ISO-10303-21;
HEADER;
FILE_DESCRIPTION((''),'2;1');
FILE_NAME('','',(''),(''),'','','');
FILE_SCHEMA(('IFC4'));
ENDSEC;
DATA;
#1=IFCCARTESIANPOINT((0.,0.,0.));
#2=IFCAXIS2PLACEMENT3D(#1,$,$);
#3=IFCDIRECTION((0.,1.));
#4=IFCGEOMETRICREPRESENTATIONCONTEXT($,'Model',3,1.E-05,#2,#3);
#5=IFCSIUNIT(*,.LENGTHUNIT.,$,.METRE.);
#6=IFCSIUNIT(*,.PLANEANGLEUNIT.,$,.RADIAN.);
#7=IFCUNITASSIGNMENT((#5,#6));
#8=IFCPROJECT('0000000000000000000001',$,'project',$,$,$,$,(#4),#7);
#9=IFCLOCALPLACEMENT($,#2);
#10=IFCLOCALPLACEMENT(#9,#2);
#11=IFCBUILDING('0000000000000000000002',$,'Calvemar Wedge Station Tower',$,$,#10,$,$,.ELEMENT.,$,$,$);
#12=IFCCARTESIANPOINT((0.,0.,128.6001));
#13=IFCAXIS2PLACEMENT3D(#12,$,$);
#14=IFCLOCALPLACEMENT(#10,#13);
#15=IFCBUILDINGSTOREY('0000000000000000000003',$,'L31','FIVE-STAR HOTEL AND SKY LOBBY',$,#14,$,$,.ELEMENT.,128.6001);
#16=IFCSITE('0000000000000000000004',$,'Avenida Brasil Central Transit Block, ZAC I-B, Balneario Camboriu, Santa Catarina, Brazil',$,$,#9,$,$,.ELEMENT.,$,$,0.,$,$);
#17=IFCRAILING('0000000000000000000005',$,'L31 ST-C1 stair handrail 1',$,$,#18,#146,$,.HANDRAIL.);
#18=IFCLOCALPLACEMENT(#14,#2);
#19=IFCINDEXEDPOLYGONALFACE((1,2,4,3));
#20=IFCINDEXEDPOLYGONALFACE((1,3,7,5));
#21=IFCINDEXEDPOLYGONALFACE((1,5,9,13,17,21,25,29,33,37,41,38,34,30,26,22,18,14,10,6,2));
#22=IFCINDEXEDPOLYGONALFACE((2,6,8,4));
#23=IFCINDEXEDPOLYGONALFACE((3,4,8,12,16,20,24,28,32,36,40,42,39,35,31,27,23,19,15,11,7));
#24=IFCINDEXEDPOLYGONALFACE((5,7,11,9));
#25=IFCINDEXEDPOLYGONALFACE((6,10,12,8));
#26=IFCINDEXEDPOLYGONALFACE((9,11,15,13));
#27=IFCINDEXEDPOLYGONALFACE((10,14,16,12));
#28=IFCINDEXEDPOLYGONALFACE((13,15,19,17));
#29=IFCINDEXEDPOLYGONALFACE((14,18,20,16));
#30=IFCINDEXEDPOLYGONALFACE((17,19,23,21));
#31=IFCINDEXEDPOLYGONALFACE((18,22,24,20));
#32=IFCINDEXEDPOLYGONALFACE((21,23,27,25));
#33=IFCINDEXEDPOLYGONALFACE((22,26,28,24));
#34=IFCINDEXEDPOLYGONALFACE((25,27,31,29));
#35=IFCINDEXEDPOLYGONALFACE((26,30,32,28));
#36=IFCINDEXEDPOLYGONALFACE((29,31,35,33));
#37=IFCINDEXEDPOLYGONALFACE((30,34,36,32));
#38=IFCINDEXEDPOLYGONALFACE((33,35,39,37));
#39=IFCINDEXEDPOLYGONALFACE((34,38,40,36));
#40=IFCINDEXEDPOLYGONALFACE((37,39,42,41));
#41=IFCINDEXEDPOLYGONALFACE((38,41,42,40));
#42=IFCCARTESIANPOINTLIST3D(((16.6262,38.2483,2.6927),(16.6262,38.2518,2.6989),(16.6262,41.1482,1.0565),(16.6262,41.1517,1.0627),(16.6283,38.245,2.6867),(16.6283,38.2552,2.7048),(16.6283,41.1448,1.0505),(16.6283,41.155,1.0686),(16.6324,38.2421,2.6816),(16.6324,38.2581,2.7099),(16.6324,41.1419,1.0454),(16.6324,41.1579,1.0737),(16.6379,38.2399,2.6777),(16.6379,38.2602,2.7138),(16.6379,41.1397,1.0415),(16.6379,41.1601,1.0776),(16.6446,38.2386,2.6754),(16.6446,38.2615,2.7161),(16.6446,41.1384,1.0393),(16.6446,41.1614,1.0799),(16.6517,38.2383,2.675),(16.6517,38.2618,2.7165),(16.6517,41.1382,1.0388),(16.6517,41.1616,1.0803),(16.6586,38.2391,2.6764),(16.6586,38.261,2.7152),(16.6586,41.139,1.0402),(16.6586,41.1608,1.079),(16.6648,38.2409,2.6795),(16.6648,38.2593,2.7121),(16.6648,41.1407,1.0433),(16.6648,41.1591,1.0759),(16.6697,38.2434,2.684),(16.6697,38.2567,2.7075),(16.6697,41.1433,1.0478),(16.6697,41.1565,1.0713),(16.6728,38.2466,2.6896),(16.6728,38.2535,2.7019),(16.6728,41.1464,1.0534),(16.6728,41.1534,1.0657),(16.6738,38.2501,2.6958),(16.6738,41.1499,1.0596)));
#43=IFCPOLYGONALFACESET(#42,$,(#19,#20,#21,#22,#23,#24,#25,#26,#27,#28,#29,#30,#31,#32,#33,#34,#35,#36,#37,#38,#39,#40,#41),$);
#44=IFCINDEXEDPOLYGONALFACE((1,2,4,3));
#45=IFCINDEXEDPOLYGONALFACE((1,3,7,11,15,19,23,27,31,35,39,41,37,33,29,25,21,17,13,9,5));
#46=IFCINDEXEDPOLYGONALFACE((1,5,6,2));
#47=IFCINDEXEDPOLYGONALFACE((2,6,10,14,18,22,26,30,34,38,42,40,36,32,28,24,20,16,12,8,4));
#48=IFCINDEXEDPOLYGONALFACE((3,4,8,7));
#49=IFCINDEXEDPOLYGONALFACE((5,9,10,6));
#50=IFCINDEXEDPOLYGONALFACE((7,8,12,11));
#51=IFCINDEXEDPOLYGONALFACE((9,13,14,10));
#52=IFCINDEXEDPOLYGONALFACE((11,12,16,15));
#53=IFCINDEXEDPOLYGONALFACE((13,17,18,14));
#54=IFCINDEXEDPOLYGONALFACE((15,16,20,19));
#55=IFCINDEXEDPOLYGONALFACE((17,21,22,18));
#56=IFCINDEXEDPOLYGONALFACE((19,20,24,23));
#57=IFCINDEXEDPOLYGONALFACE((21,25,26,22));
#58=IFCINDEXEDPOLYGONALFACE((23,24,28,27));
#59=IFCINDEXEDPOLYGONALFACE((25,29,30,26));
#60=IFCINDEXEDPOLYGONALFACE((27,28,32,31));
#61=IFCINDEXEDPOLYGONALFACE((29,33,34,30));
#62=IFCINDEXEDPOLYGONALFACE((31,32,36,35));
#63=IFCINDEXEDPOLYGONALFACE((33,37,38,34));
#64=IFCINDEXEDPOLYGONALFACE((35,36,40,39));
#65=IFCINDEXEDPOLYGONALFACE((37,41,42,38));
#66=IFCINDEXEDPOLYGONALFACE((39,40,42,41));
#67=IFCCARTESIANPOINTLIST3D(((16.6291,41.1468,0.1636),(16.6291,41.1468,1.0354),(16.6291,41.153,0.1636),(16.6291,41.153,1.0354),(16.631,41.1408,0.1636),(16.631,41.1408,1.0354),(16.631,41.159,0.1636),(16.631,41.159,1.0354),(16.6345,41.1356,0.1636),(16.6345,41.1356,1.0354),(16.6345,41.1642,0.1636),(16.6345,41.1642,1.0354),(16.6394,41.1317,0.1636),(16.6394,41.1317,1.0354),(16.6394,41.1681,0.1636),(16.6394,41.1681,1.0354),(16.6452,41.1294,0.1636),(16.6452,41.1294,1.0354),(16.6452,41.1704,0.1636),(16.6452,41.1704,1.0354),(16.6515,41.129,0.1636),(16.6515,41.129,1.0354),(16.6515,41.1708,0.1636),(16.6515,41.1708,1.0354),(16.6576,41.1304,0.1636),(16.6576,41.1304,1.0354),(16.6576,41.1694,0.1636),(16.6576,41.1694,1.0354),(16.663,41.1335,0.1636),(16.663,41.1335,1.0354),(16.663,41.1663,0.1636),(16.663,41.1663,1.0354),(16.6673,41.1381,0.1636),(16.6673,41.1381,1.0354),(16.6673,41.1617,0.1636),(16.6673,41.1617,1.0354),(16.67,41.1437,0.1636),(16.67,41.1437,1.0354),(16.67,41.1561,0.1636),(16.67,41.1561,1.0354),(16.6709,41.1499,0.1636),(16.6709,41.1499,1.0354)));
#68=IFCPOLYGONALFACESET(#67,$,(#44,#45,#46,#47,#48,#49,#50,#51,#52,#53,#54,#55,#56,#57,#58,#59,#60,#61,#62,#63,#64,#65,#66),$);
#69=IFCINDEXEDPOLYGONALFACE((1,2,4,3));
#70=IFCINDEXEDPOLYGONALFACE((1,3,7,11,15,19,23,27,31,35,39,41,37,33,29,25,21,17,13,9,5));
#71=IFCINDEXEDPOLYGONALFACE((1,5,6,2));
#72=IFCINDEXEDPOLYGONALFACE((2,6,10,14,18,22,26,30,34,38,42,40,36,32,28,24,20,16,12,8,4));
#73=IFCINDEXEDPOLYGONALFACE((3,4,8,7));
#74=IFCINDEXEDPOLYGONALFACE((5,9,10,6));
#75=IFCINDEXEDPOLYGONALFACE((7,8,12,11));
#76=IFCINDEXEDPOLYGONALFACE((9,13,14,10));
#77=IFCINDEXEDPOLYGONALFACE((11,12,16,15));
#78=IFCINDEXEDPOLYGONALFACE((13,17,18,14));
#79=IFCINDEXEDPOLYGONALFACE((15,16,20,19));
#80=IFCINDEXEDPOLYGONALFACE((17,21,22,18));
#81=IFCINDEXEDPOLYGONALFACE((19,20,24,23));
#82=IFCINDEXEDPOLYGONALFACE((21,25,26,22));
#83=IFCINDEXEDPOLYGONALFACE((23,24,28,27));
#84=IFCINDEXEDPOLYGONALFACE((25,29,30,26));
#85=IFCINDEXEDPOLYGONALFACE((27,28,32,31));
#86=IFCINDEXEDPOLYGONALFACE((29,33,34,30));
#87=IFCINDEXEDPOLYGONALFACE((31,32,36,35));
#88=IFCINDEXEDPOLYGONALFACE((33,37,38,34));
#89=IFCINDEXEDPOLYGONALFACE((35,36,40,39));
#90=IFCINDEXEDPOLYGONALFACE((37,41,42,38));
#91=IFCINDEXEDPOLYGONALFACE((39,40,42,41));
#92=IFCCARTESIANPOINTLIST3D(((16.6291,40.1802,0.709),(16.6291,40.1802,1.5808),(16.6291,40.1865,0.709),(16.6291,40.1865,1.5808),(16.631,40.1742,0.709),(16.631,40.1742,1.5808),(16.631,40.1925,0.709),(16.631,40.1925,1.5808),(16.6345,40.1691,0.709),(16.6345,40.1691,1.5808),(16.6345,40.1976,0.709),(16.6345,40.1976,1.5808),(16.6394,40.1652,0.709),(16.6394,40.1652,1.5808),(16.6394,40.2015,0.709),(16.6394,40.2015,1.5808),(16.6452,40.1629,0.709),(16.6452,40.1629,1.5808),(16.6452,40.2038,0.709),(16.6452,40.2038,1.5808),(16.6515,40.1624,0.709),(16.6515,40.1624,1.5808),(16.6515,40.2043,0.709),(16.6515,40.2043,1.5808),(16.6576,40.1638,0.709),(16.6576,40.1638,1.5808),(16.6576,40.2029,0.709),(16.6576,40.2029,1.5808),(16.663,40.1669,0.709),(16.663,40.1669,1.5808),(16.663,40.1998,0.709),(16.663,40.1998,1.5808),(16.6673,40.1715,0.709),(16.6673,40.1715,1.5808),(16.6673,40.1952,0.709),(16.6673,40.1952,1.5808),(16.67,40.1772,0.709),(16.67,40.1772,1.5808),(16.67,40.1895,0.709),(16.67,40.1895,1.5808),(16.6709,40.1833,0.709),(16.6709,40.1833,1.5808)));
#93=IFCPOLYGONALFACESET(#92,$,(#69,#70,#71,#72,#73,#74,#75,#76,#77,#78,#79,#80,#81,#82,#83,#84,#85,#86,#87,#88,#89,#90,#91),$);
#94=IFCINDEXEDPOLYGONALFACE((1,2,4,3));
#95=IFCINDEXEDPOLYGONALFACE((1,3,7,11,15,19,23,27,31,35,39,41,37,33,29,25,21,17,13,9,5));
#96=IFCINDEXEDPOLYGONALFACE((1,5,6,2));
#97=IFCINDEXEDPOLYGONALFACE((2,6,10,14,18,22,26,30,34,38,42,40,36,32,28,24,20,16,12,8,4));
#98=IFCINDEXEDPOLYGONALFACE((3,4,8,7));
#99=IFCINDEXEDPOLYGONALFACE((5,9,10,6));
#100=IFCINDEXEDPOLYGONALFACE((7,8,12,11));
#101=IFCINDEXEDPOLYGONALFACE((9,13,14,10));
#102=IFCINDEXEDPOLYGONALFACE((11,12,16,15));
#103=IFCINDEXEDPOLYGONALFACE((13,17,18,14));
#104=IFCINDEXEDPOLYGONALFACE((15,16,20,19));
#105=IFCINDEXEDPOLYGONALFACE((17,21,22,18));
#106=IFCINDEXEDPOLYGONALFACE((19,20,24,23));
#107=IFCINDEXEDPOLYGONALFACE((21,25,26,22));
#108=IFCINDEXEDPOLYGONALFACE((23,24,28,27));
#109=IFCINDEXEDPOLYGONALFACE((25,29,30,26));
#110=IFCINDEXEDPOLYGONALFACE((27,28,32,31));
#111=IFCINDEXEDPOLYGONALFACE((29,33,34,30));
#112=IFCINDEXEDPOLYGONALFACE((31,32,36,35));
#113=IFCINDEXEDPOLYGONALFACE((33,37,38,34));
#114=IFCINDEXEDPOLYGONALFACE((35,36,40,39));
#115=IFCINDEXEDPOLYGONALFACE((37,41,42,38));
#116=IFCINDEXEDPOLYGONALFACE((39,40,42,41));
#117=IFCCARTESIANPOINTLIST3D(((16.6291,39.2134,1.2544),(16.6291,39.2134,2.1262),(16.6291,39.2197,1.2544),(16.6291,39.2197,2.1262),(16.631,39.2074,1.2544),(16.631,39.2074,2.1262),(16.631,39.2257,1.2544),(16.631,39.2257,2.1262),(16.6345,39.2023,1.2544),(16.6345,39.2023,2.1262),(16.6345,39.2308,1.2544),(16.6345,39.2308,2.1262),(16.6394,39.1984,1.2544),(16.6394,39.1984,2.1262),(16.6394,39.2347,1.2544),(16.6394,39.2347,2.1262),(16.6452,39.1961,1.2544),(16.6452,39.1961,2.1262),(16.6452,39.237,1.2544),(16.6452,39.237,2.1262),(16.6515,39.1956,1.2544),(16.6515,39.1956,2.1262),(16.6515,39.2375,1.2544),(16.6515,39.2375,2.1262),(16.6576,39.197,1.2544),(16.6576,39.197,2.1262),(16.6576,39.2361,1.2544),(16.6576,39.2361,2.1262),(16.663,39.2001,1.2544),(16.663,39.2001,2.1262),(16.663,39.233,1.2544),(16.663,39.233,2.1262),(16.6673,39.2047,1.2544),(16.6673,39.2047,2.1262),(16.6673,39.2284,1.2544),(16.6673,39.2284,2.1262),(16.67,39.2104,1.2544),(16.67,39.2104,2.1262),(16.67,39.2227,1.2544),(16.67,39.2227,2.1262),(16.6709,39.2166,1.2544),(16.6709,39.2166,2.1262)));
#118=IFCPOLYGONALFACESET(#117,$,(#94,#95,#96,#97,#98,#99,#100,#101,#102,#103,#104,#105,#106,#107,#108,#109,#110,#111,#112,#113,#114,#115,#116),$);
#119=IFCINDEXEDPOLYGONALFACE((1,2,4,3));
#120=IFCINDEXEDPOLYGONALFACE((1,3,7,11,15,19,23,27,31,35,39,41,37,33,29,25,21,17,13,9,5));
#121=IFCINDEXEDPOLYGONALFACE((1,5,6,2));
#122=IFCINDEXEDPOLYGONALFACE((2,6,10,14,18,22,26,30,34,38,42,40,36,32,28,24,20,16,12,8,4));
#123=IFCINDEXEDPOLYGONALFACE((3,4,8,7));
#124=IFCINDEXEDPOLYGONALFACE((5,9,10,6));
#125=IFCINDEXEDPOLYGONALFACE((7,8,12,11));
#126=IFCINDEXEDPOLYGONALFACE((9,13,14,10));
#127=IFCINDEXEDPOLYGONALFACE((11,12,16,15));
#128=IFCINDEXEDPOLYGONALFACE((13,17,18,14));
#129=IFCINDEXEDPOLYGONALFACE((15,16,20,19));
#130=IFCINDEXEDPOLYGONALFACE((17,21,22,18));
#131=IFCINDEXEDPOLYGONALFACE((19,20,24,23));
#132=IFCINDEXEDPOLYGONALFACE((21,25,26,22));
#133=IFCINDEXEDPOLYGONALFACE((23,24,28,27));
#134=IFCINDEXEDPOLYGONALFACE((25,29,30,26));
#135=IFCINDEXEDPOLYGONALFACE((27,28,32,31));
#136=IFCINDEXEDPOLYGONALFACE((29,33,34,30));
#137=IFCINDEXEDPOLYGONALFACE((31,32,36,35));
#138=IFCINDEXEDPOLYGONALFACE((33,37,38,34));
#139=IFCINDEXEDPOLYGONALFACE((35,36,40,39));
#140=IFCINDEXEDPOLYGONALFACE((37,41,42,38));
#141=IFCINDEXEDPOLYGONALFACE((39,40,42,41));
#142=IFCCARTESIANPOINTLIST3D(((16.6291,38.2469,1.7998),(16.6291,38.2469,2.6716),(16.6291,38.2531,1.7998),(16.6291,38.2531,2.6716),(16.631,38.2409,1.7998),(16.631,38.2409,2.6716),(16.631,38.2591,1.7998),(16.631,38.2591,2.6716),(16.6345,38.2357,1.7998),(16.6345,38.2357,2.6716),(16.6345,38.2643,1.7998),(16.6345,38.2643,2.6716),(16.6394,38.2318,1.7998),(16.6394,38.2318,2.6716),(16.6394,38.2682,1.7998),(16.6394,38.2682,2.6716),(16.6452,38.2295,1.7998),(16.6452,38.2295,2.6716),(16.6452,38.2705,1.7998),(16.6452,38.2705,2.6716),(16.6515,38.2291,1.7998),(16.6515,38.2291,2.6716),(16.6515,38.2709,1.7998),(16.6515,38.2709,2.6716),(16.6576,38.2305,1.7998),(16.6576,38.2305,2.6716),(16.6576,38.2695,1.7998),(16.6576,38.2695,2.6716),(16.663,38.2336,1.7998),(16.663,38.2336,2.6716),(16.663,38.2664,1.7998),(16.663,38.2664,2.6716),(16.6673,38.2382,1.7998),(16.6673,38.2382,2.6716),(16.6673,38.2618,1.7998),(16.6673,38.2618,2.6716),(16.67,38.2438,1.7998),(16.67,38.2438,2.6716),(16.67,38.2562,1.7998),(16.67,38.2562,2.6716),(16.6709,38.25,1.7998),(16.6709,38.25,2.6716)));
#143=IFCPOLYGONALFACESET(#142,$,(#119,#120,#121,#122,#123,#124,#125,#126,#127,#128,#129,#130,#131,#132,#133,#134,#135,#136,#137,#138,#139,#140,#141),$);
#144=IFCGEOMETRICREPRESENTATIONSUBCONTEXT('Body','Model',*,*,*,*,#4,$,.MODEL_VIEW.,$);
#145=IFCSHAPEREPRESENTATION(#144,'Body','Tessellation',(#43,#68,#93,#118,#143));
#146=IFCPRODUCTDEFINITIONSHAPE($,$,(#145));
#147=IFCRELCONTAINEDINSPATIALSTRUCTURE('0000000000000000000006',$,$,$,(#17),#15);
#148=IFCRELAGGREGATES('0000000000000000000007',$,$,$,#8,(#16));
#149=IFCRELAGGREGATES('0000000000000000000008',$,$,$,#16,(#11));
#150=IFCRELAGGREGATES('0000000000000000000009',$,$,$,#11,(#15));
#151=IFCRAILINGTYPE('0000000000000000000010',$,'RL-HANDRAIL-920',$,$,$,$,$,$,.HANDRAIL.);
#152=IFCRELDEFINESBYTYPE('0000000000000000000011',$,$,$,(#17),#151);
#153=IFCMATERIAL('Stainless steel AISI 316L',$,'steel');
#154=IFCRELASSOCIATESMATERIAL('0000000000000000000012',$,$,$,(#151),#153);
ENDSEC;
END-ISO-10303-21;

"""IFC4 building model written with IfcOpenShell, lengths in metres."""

from ifc_helpers import new_model, si_unit, direction, frame, origin, origin_2d, place, context, subcontext, project, spatial, circle, extrude, material, type_object, element, save


model = new_model("IFC4")

# Units and contexts
model_context = context("Model", 3, precision=1e-05, world=origin(), true_north=direction((0.0, 1.0)))
body_context = subcontext(model_context, "Body", "Model", "MODEL_VIEW")
ifc_project = project(units=[si_unit("LENGTHUNIT", "METRE"), si_unit("PLANEANGLEUNIT", "RADIAN")], contexts=[model_context])

# Site, building, storey
site_placement = place(None, origin())
site = spatial("IfcSite", under=ifc_project, at=site_placement, Name="Avenida Brasil Central Transit Block, ZAC I-B, Balneario Camboriu, Santa Catarina, Brazil", CompositionType="ELEMENT", RefElevation=0.0)
building_placement = place(site_placement, origin())
building = spatial("IfcBuilding", under=site, at=building_placement, Name="Calvemar Wedge Station Tower", CompositionType="ELEMENT")
storey_placement = place(building_placement, frame((0.0, 0.0, 128.6001)))
storey = spatial("IfcBuildingStorey", under=building, at=storey_placement, Name="L31", Description="FIVE-STAR HOTEL AND SKY LOBBY", CompositionType="ELEMENT", Elevation=128.6001)

# Railing
ifc_material_1 = material(Name="Stainless steel AISI 316L", Category="steel")
railing_type_1 = type_object("IfcRailingType", Name="RL-HANDRAIL-920", PredefinedType="HANDRAIL", material=ifc_material_1)
railing_1_placement = place(storey_placement, frame((16.6499, 41.1499, 0.1636)))
element("IfcRailing", 1, at=railing_1_placement, inside=storey, type_object=railing_type_1, Name="L31 ST-C1 stair handrail 1", PredefinedType="HANDRAIL", context=body_context, shape_type="SweptSolid", body=[
    extrude(circle(Radius=0.0239, at=origin_2d()), frame((0.0, 0.0, 0.896), z_axis=(0.0, -0.870929, 0.49141), x_axis=(1.0, 0.0, 0.0)), (0.0, 0.0, 1.0), 3.3296),
    extrude(circle(Radius=0.021, at=origin_2d()), origin(), (0.0, 0.0, 1.0), 0.8718),
    extrude(circle(Radius=0.021, at=origin_2d()), frame((0.0, -0.9666, 0.5454)), (0.0, 0.0, 1.0), 0.8718),
    extrude(circle(Radius=0.021, at=origin_2d()), frame((0.0, -1.9333, 1.0908)), (0.0, 0.0, 1.0), 0.8718),
    extrude(circle(Radius=0.021, at=origin_2d()), frame((0.0, -2.8999, 1.6362)), (0.0, 0.0, 1.0), 0.8718),
])

save(model, "model.ifc")
